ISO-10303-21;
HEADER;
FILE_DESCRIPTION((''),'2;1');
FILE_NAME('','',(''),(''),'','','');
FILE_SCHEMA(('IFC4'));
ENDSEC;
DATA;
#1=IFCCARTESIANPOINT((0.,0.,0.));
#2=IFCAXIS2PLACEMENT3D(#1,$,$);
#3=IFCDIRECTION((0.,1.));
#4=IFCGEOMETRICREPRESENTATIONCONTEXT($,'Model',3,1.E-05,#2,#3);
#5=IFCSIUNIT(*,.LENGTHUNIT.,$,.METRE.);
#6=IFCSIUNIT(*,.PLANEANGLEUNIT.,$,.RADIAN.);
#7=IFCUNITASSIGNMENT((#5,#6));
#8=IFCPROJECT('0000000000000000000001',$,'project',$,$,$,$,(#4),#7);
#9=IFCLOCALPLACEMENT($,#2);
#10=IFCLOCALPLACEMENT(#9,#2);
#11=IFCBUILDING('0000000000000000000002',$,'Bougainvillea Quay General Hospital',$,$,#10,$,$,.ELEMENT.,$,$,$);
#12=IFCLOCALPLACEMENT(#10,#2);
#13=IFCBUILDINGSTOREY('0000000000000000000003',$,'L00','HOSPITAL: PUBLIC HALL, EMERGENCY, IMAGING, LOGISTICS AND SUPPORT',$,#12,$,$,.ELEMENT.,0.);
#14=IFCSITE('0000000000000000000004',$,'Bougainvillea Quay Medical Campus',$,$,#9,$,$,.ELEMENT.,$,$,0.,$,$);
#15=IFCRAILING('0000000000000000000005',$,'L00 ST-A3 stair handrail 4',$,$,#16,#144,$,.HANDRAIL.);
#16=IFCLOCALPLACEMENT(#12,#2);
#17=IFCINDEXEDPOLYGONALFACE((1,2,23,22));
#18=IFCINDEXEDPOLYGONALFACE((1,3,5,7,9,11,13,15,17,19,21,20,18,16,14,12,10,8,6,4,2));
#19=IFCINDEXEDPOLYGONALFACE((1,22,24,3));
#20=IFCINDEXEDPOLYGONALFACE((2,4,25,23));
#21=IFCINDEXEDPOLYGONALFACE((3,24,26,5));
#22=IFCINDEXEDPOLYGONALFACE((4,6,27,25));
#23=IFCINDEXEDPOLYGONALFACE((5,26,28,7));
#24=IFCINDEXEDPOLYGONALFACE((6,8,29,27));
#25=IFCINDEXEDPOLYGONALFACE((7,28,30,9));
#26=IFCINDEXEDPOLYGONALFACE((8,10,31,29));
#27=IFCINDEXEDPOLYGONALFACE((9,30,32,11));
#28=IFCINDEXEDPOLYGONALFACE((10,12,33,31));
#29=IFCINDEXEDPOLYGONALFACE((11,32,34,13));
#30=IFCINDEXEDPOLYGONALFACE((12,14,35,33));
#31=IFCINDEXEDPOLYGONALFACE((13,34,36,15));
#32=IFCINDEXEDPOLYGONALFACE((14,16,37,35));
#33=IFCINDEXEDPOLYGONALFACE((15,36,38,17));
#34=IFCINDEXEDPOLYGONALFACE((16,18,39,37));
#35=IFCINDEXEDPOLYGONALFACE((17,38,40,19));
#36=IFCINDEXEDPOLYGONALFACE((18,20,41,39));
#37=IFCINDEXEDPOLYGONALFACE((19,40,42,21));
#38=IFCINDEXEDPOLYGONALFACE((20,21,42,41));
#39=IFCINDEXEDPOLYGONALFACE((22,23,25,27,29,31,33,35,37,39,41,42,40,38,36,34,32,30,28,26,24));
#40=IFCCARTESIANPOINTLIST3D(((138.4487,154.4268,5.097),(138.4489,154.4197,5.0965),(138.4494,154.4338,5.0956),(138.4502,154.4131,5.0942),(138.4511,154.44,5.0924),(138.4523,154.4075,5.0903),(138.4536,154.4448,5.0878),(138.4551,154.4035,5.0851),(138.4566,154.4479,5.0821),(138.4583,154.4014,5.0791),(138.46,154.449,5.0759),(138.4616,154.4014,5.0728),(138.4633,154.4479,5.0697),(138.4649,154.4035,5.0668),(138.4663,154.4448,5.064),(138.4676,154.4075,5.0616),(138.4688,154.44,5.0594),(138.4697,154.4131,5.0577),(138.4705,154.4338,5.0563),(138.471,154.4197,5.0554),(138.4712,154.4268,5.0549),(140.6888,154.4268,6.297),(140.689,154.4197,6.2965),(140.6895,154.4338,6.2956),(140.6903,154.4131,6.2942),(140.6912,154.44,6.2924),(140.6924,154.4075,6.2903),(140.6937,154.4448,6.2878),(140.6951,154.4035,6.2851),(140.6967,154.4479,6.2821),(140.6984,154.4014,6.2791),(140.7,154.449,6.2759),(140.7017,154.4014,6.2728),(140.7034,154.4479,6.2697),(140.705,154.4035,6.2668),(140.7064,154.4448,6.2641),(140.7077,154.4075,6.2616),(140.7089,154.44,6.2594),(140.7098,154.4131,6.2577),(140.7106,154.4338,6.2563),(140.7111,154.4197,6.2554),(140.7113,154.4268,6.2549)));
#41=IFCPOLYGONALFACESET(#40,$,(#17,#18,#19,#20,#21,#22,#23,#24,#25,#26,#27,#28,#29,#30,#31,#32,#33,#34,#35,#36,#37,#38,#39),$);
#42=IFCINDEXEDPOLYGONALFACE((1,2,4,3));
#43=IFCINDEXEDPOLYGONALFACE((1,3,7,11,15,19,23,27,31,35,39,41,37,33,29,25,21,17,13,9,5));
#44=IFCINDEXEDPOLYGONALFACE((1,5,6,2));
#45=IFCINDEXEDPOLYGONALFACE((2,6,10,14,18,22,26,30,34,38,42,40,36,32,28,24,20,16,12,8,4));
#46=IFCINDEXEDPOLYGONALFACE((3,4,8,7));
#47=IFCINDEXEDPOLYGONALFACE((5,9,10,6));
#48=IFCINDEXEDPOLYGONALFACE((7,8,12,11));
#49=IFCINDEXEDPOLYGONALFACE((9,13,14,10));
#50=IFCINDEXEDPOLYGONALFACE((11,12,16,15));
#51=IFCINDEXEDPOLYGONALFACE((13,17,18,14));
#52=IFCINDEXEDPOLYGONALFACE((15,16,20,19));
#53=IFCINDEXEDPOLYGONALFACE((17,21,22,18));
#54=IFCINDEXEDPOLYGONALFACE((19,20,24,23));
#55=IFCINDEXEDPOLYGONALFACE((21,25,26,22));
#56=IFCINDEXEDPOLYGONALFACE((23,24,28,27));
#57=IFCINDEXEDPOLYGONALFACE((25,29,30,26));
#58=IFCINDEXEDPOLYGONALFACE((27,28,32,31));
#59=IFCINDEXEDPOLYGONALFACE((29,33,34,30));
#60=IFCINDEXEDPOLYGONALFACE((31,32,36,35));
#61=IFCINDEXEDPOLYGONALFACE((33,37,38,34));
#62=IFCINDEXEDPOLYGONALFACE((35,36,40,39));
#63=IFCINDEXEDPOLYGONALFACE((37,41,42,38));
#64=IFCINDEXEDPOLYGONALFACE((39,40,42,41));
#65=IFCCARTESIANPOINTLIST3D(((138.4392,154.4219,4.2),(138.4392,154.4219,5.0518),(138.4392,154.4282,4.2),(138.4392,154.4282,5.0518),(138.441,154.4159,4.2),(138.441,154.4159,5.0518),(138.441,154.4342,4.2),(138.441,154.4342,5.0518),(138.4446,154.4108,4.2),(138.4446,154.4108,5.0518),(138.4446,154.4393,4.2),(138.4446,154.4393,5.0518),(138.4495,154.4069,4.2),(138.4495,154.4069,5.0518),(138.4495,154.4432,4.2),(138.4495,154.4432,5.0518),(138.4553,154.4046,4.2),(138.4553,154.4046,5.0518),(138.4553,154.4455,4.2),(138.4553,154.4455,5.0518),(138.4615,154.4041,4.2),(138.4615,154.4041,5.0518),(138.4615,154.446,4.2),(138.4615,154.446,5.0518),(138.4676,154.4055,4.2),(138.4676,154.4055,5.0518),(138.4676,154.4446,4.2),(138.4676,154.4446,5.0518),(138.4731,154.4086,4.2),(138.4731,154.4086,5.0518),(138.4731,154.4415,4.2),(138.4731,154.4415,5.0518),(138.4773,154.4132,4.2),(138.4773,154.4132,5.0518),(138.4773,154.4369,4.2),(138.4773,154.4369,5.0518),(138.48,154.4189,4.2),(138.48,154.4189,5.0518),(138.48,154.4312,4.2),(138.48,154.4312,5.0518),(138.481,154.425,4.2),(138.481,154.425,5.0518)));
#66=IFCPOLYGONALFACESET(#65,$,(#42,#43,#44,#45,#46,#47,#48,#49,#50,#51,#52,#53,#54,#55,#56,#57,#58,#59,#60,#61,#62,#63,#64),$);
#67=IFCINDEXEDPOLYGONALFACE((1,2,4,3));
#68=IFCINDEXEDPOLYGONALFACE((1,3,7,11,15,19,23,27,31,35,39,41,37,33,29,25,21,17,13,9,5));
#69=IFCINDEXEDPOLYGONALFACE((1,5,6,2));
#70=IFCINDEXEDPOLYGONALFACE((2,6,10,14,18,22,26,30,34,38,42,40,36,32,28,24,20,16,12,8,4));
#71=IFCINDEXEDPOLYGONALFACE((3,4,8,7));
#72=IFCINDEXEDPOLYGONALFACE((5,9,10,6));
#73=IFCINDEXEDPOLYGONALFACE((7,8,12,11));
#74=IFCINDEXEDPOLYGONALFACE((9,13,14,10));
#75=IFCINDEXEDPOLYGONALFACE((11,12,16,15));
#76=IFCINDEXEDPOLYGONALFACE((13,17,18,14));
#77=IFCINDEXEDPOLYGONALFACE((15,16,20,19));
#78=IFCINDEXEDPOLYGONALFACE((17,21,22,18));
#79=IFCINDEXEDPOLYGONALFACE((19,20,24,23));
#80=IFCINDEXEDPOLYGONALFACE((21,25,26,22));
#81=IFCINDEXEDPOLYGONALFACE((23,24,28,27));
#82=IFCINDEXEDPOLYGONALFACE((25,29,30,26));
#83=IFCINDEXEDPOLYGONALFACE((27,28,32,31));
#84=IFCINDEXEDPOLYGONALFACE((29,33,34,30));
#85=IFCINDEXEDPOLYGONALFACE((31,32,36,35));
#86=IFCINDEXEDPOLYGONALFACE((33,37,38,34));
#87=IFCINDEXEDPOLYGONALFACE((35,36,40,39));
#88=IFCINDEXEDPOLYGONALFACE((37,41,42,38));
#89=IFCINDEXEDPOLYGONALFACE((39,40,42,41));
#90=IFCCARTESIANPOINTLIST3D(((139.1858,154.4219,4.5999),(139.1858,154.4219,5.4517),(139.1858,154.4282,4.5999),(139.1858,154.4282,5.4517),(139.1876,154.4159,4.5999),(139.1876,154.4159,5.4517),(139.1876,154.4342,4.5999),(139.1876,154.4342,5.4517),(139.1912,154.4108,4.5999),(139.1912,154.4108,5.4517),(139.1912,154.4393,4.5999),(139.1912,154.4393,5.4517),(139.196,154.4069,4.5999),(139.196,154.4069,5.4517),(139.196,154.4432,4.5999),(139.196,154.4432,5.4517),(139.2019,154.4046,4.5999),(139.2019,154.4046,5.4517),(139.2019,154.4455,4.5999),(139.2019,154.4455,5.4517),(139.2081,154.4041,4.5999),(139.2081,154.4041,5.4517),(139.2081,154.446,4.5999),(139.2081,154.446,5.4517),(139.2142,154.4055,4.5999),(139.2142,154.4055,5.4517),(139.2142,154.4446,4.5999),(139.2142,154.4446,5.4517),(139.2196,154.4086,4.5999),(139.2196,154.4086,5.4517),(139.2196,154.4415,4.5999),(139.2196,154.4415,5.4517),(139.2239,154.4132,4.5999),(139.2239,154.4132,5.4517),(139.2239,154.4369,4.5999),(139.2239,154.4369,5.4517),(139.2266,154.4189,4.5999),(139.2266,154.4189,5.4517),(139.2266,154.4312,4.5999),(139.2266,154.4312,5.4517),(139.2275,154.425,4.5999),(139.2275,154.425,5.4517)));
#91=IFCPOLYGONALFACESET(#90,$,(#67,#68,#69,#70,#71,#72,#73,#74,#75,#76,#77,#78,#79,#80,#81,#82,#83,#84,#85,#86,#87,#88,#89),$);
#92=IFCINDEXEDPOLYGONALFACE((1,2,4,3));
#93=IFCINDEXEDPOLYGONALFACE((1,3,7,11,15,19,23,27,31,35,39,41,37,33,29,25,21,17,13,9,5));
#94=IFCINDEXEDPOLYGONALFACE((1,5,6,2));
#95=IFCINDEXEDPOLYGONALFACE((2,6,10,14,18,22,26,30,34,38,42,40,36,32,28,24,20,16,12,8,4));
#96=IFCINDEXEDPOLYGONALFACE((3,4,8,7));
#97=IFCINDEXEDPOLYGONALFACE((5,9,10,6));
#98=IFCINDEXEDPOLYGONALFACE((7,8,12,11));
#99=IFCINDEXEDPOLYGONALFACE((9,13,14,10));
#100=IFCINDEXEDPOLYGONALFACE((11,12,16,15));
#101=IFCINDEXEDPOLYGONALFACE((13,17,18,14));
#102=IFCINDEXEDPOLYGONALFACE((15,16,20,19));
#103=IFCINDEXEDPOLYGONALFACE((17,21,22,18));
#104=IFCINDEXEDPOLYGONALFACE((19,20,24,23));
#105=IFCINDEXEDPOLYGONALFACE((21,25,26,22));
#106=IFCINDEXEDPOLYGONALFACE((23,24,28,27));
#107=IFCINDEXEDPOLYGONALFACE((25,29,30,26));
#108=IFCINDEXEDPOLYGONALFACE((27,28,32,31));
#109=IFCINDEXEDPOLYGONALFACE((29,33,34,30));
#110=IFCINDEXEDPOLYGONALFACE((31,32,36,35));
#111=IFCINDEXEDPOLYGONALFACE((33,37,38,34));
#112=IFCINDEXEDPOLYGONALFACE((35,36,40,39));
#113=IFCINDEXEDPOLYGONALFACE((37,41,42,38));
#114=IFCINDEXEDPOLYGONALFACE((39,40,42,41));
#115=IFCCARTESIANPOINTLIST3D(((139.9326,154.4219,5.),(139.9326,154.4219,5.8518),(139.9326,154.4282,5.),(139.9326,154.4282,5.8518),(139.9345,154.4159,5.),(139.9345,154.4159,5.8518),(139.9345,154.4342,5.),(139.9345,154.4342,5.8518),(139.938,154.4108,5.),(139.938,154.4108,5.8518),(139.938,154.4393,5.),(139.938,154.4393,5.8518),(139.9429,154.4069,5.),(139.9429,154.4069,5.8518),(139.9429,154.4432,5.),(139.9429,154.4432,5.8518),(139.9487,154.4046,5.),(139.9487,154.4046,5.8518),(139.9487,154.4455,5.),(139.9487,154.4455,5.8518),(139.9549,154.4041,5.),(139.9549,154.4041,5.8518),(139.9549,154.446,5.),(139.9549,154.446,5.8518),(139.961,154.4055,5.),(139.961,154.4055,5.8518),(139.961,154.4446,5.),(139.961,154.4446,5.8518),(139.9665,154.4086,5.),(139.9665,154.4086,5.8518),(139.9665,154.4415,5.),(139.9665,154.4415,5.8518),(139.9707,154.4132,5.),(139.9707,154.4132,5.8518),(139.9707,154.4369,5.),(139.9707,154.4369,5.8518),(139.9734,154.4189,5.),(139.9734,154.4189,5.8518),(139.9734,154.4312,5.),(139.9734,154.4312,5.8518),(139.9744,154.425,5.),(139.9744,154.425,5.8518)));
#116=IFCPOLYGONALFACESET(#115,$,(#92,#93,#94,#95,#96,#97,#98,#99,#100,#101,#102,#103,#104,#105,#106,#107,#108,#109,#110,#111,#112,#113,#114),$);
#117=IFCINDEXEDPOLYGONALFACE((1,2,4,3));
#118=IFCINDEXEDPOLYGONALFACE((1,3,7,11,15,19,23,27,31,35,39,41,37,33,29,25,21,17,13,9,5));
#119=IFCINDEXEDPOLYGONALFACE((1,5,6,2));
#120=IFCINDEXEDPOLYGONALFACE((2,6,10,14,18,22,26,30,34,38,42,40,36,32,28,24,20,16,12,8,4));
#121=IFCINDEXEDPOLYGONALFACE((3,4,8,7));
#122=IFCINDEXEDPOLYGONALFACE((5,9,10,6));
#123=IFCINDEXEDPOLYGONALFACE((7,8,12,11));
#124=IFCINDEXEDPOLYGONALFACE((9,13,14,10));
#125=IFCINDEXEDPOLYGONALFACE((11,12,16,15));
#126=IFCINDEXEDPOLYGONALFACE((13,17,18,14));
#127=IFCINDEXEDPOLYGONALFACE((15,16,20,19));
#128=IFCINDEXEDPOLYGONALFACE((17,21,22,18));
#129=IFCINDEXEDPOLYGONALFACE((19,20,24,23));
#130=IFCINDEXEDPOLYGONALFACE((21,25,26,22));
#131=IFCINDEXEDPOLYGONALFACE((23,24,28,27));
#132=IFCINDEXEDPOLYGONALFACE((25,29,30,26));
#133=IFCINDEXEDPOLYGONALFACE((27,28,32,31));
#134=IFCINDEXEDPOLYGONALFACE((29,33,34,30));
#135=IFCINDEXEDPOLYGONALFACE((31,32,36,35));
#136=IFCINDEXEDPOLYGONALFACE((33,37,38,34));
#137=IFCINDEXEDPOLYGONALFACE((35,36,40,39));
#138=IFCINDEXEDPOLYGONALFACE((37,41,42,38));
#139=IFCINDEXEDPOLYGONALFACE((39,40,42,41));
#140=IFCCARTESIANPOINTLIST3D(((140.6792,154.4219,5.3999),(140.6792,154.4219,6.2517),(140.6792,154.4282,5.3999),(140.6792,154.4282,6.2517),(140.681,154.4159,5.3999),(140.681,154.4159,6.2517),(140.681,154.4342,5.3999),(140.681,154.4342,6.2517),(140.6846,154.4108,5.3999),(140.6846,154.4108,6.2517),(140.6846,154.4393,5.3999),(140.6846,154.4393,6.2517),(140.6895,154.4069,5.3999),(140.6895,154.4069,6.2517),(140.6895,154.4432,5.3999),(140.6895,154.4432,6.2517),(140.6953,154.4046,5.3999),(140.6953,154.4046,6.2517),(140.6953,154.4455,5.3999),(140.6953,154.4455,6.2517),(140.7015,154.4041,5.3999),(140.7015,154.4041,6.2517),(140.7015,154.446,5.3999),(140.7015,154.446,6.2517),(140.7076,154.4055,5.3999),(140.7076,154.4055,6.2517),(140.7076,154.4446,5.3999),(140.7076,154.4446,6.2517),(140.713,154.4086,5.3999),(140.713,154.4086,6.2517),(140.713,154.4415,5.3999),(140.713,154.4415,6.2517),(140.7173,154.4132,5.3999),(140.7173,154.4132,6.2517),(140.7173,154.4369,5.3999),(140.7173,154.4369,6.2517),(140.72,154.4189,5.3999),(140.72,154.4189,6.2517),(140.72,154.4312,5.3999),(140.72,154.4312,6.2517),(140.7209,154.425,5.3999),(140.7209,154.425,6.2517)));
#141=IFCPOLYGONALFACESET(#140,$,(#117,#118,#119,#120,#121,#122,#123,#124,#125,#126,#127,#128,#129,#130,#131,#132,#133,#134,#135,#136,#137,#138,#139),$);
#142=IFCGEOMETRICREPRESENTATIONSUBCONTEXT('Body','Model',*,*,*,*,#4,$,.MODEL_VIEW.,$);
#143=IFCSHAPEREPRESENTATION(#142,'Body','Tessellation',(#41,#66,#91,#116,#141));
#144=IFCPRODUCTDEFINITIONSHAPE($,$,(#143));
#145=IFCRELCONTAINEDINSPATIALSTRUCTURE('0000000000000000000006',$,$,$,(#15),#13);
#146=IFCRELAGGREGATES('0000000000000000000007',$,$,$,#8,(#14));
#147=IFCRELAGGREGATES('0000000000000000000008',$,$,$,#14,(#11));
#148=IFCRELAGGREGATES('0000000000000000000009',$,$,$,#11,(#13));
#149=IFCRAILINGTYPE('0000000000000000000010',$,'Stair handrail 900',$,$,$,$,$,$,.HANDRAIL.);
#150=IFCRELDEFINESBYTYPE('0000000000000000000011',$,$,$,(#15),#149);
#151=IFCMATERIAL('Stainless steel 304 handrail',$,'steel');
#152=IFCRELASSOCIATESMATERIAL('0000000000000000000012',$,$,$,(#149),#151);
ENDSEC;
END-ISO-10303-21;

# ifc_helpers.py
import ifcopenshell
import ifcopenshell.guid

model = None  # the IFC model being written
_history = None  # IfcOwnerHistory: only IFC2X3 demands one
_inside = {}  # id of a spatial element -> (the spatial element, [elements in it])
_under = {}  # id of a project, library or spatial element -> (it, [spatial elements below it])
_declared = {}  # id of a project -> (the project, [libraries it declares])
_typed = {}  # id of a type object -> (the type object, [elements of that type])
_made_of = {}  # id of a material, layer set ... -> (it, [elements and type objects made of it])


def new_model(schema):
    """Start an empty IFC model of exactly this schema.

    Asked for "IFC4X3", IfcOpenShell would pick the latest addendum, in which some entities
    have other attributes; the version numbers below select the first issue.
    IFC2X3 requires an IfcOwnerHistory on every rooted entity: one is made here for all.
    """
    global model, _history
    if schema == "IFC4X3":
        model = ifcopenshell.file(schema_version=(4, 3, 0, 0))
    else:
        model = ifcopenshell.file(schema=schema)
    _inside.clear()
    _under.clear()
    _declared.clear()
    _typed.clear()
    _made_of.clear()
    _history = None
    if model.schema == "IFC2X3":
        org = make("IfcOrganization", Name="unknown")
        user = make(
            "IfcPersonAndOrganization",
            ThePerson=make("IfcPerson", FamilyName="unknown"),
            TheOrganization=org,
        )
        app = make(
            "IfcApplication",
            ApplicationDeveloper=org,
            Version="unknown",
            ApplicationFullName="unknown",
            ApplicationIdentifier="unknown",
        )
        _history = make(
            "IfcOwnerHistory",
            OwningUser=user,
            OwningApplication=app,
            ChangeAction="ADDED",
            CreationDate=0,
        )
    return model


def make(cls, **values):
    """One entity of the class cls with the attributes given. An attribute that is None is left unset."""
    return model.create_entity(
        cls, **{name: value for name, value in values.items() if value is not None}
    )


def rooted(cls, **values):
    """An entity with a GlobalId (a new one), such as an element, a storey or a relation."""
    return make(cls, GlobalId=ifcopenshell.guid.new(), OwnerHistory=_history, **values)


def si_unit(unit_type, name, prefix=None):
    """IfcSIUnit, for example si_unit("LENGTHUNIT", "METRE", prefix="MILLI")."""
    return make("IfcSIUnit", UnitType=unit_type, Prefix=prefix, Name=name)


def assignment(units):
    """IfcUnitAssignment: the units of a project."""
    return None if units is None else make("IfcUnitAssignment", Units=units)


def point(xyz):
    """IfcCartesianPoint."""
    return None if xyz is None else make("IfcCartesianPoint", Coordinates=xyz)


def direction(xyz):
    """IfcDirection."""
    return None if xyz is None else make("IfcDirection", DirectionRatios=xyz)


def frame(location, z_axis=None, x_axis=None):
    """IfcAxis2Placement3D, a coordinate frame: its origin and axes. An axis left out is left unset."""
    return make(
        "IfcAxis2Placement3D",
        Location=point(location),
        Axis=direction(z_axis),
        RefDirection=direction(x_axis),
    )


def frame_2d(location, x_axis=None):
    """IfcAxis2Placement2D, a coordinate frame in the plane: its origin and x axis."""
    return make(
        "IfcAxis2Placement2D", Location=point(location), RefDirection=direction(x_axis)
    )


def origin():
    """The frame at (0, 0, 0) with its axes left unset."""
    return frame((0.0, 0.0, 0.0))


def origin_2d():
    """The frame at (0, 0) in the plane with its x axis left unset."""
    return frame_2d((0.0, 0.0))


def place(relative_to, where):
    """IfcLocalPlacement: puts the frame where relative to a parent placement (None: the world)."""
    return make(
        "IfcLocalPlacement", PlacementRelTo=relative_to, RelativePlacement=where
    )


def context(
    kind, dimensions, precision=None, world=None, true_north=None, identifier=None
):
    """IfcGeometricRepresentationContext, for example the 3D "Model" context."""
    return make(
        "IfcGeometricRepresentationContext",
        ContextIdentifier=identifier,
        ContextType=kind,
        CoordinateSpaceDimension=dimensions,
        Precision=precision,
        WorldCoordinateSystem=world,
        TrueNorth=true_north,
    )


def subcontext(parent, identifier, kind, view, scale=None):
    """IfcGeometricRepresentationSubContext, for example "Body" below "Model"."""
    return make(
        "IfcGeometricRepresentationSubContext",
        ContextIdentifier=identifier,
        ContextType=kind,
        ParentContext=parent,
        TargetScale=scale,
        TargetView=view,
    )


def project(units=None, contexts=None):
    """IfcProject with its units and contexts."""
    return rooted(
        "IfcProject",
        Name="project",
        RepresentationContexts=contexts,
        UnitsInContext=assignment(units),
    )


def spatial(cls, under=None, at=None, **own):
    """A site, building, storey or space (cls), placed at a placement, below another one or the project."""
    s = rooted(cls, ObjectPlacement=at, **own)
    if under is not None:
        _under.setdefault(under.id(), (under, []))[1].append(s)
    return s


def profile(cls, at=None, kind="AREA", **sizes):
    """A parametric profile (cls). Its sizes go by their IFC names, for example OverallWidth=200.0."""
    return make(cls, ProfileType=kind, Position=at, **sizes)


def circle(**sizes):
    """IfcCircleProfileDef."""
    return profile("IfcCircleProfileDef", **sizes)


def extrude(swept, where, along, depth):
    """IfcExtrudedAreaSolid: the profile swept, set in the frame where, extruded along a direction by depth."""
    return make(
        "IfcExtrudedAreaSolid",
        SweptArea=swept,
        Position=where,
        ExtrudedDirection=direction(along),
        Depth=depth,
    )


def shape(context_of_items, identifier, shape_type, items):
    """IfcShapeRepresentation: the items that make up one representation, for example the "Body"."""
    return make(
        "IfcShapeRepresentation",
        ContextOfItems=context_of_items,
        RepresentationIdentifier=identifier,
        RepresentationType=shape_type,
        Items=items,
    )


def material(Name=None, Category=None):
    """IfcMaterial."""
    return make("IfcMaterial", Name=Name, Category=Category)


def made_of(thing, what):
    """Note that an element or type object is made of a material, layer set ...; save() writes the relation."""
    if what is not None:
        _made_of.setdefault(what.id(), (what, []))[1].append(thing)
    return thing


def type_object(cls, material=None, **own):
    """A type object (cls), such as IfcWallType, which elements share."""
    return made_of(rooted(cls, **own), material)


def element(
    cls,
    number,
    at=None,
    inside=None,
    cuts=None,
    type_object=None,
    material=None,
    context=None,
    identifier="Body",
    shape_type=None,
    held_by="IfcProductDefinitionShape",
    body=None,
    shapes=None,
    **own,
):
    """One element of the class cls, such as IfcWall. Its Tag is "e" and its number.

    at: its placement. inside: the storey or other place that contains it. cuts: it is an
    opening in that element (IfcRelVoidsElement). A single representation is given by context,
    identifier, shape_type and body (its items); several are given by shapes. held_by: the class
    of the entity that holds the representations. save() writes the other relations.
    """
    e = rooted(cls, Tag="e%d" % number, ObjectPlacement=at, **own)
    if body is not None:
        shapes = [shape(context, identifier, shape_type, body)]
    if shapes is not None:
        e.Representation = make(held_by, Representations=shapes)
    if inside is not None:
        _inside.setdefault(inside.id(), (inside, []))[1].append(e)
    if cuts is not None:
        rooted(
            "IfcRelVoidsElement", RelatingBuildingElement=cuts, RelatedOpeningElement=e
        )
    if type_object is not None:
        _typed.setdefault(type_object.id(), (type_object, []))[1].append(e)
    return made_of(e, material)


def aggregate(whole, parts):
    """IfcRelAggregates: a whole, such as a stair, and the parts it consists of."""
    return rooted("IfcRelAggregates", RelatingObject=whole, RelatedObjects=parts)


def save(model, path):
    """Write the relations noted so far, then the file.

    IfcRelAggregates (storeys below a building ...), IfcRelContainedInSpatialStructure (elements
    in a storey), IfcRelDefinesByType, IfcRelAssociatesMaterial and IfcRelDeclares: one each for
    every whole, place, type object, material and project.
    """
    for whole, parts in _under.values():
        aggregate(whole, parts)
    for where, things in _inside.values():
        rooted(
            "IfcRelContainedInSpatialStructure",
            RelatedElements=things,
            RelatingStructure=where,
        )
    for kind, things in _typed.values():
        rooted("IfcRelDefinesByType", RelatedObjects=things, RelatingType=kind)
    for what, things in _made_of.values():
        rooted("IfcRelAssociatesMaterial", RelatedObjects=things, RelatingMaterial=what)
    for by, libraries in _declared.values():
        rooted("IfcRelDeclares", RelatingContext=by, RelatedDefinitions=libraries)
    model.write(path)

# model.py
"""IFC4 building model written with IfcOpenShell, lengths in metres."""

from ifc_helpers import new_model, si_unit, direction, frame, origin, origin_2d, place, context, subcontext, project, spatial, circle, extrude, material, type_object, element, save


model = new_model("IFC4")

# Units and contexts
model_context = context("Model", 3, precision=1e-05, world=origin(), true_north=direction((0.0, 1.0)))
body_context = subcontext(model_context, "Body", "Model", "MODEL_VIEW")
ifc_project = project(units=[si_unit("LENGTHUNIT", "METRE"), si_unit("PLANEANGLEUNIT", "RADIAN")], contexts=[model_context])

# Site, building, storey
site_placement = place(None, origin())
site = spatial("IfcSite", under=ifc_project, at=site_placement, Name="Bougainvillea Quay Medical Campus", CompositionType="ELEMENT", RefElevation=0.0)
building_placement = place(site_placement, origin())
building = spatial("IfcBuilding", under=site, at=building_placement, Name="Bougainvillea Quay General Hospital", CompositionType="ELEMENT")
storey_placement = place(building_placement, origin())
storey = spatial("IfcBuildingStorey", under=building, at=storey_placement, Name="L00", Description="HOSPITAL: PUBLIC HALL, EMERGENCY, IMAGING, LOGISTICS AND SUPPORT", CompositionType="ELEMENT", Elevation=0.0)

# Railing
ifc_material_1 = material(Name="Stainless steel 304 handrail", Category="steel")
railing_type_1 = type_object("IfcRailingType", Name="Stair handrail 900", PredefinedType="HANDRAIL", material=ifc_material_1)
railing_1_placement = place(storey_placement, frame((138.46, 154.425, 4.2)))
element("IfcRailing", 1, at=railing_1_placement, inside=storey, type_object=railing_type_1, Name="L00 ST-A3 stair handrail 4", PredefinedType="HANDRAIL", context=body_context, shape_type="SweptSolid", body=[
    extrude(circle(Radius=0.0239, at=origin_2d()), frame((0.0, 0.0, 0.876), z_axis=(0.881487, 0.0, 0.472208), x_axis=(0.0, 1.0, 0.0)), (0.0, 0.0, 1.0), 2.5413),
    extrude(circle(Radius=0.021, at=origin_2d()), origin(), (0.0, 0.0, 1.0), 0.8518),
    extrude(circle(Radius=0.021, at=origin_2d()), frame((0.7466, 0.0, 0.3999)), (0.0, 0.0, 1.0), 0.8518),
    extrude(circle(Radius=0.021, at=origin_2d()), frame((1.4934, 0.0, 0.8)), (0.0, 0.0, 1.0), 0.8518),
    extrude(circle(Radius=0.021, at=origin_2d()), frame((2.24, 0.0, 1.2)), (0.0, 0.0, 1.0), 0.8518),
])

save(model, "model.ifc")
